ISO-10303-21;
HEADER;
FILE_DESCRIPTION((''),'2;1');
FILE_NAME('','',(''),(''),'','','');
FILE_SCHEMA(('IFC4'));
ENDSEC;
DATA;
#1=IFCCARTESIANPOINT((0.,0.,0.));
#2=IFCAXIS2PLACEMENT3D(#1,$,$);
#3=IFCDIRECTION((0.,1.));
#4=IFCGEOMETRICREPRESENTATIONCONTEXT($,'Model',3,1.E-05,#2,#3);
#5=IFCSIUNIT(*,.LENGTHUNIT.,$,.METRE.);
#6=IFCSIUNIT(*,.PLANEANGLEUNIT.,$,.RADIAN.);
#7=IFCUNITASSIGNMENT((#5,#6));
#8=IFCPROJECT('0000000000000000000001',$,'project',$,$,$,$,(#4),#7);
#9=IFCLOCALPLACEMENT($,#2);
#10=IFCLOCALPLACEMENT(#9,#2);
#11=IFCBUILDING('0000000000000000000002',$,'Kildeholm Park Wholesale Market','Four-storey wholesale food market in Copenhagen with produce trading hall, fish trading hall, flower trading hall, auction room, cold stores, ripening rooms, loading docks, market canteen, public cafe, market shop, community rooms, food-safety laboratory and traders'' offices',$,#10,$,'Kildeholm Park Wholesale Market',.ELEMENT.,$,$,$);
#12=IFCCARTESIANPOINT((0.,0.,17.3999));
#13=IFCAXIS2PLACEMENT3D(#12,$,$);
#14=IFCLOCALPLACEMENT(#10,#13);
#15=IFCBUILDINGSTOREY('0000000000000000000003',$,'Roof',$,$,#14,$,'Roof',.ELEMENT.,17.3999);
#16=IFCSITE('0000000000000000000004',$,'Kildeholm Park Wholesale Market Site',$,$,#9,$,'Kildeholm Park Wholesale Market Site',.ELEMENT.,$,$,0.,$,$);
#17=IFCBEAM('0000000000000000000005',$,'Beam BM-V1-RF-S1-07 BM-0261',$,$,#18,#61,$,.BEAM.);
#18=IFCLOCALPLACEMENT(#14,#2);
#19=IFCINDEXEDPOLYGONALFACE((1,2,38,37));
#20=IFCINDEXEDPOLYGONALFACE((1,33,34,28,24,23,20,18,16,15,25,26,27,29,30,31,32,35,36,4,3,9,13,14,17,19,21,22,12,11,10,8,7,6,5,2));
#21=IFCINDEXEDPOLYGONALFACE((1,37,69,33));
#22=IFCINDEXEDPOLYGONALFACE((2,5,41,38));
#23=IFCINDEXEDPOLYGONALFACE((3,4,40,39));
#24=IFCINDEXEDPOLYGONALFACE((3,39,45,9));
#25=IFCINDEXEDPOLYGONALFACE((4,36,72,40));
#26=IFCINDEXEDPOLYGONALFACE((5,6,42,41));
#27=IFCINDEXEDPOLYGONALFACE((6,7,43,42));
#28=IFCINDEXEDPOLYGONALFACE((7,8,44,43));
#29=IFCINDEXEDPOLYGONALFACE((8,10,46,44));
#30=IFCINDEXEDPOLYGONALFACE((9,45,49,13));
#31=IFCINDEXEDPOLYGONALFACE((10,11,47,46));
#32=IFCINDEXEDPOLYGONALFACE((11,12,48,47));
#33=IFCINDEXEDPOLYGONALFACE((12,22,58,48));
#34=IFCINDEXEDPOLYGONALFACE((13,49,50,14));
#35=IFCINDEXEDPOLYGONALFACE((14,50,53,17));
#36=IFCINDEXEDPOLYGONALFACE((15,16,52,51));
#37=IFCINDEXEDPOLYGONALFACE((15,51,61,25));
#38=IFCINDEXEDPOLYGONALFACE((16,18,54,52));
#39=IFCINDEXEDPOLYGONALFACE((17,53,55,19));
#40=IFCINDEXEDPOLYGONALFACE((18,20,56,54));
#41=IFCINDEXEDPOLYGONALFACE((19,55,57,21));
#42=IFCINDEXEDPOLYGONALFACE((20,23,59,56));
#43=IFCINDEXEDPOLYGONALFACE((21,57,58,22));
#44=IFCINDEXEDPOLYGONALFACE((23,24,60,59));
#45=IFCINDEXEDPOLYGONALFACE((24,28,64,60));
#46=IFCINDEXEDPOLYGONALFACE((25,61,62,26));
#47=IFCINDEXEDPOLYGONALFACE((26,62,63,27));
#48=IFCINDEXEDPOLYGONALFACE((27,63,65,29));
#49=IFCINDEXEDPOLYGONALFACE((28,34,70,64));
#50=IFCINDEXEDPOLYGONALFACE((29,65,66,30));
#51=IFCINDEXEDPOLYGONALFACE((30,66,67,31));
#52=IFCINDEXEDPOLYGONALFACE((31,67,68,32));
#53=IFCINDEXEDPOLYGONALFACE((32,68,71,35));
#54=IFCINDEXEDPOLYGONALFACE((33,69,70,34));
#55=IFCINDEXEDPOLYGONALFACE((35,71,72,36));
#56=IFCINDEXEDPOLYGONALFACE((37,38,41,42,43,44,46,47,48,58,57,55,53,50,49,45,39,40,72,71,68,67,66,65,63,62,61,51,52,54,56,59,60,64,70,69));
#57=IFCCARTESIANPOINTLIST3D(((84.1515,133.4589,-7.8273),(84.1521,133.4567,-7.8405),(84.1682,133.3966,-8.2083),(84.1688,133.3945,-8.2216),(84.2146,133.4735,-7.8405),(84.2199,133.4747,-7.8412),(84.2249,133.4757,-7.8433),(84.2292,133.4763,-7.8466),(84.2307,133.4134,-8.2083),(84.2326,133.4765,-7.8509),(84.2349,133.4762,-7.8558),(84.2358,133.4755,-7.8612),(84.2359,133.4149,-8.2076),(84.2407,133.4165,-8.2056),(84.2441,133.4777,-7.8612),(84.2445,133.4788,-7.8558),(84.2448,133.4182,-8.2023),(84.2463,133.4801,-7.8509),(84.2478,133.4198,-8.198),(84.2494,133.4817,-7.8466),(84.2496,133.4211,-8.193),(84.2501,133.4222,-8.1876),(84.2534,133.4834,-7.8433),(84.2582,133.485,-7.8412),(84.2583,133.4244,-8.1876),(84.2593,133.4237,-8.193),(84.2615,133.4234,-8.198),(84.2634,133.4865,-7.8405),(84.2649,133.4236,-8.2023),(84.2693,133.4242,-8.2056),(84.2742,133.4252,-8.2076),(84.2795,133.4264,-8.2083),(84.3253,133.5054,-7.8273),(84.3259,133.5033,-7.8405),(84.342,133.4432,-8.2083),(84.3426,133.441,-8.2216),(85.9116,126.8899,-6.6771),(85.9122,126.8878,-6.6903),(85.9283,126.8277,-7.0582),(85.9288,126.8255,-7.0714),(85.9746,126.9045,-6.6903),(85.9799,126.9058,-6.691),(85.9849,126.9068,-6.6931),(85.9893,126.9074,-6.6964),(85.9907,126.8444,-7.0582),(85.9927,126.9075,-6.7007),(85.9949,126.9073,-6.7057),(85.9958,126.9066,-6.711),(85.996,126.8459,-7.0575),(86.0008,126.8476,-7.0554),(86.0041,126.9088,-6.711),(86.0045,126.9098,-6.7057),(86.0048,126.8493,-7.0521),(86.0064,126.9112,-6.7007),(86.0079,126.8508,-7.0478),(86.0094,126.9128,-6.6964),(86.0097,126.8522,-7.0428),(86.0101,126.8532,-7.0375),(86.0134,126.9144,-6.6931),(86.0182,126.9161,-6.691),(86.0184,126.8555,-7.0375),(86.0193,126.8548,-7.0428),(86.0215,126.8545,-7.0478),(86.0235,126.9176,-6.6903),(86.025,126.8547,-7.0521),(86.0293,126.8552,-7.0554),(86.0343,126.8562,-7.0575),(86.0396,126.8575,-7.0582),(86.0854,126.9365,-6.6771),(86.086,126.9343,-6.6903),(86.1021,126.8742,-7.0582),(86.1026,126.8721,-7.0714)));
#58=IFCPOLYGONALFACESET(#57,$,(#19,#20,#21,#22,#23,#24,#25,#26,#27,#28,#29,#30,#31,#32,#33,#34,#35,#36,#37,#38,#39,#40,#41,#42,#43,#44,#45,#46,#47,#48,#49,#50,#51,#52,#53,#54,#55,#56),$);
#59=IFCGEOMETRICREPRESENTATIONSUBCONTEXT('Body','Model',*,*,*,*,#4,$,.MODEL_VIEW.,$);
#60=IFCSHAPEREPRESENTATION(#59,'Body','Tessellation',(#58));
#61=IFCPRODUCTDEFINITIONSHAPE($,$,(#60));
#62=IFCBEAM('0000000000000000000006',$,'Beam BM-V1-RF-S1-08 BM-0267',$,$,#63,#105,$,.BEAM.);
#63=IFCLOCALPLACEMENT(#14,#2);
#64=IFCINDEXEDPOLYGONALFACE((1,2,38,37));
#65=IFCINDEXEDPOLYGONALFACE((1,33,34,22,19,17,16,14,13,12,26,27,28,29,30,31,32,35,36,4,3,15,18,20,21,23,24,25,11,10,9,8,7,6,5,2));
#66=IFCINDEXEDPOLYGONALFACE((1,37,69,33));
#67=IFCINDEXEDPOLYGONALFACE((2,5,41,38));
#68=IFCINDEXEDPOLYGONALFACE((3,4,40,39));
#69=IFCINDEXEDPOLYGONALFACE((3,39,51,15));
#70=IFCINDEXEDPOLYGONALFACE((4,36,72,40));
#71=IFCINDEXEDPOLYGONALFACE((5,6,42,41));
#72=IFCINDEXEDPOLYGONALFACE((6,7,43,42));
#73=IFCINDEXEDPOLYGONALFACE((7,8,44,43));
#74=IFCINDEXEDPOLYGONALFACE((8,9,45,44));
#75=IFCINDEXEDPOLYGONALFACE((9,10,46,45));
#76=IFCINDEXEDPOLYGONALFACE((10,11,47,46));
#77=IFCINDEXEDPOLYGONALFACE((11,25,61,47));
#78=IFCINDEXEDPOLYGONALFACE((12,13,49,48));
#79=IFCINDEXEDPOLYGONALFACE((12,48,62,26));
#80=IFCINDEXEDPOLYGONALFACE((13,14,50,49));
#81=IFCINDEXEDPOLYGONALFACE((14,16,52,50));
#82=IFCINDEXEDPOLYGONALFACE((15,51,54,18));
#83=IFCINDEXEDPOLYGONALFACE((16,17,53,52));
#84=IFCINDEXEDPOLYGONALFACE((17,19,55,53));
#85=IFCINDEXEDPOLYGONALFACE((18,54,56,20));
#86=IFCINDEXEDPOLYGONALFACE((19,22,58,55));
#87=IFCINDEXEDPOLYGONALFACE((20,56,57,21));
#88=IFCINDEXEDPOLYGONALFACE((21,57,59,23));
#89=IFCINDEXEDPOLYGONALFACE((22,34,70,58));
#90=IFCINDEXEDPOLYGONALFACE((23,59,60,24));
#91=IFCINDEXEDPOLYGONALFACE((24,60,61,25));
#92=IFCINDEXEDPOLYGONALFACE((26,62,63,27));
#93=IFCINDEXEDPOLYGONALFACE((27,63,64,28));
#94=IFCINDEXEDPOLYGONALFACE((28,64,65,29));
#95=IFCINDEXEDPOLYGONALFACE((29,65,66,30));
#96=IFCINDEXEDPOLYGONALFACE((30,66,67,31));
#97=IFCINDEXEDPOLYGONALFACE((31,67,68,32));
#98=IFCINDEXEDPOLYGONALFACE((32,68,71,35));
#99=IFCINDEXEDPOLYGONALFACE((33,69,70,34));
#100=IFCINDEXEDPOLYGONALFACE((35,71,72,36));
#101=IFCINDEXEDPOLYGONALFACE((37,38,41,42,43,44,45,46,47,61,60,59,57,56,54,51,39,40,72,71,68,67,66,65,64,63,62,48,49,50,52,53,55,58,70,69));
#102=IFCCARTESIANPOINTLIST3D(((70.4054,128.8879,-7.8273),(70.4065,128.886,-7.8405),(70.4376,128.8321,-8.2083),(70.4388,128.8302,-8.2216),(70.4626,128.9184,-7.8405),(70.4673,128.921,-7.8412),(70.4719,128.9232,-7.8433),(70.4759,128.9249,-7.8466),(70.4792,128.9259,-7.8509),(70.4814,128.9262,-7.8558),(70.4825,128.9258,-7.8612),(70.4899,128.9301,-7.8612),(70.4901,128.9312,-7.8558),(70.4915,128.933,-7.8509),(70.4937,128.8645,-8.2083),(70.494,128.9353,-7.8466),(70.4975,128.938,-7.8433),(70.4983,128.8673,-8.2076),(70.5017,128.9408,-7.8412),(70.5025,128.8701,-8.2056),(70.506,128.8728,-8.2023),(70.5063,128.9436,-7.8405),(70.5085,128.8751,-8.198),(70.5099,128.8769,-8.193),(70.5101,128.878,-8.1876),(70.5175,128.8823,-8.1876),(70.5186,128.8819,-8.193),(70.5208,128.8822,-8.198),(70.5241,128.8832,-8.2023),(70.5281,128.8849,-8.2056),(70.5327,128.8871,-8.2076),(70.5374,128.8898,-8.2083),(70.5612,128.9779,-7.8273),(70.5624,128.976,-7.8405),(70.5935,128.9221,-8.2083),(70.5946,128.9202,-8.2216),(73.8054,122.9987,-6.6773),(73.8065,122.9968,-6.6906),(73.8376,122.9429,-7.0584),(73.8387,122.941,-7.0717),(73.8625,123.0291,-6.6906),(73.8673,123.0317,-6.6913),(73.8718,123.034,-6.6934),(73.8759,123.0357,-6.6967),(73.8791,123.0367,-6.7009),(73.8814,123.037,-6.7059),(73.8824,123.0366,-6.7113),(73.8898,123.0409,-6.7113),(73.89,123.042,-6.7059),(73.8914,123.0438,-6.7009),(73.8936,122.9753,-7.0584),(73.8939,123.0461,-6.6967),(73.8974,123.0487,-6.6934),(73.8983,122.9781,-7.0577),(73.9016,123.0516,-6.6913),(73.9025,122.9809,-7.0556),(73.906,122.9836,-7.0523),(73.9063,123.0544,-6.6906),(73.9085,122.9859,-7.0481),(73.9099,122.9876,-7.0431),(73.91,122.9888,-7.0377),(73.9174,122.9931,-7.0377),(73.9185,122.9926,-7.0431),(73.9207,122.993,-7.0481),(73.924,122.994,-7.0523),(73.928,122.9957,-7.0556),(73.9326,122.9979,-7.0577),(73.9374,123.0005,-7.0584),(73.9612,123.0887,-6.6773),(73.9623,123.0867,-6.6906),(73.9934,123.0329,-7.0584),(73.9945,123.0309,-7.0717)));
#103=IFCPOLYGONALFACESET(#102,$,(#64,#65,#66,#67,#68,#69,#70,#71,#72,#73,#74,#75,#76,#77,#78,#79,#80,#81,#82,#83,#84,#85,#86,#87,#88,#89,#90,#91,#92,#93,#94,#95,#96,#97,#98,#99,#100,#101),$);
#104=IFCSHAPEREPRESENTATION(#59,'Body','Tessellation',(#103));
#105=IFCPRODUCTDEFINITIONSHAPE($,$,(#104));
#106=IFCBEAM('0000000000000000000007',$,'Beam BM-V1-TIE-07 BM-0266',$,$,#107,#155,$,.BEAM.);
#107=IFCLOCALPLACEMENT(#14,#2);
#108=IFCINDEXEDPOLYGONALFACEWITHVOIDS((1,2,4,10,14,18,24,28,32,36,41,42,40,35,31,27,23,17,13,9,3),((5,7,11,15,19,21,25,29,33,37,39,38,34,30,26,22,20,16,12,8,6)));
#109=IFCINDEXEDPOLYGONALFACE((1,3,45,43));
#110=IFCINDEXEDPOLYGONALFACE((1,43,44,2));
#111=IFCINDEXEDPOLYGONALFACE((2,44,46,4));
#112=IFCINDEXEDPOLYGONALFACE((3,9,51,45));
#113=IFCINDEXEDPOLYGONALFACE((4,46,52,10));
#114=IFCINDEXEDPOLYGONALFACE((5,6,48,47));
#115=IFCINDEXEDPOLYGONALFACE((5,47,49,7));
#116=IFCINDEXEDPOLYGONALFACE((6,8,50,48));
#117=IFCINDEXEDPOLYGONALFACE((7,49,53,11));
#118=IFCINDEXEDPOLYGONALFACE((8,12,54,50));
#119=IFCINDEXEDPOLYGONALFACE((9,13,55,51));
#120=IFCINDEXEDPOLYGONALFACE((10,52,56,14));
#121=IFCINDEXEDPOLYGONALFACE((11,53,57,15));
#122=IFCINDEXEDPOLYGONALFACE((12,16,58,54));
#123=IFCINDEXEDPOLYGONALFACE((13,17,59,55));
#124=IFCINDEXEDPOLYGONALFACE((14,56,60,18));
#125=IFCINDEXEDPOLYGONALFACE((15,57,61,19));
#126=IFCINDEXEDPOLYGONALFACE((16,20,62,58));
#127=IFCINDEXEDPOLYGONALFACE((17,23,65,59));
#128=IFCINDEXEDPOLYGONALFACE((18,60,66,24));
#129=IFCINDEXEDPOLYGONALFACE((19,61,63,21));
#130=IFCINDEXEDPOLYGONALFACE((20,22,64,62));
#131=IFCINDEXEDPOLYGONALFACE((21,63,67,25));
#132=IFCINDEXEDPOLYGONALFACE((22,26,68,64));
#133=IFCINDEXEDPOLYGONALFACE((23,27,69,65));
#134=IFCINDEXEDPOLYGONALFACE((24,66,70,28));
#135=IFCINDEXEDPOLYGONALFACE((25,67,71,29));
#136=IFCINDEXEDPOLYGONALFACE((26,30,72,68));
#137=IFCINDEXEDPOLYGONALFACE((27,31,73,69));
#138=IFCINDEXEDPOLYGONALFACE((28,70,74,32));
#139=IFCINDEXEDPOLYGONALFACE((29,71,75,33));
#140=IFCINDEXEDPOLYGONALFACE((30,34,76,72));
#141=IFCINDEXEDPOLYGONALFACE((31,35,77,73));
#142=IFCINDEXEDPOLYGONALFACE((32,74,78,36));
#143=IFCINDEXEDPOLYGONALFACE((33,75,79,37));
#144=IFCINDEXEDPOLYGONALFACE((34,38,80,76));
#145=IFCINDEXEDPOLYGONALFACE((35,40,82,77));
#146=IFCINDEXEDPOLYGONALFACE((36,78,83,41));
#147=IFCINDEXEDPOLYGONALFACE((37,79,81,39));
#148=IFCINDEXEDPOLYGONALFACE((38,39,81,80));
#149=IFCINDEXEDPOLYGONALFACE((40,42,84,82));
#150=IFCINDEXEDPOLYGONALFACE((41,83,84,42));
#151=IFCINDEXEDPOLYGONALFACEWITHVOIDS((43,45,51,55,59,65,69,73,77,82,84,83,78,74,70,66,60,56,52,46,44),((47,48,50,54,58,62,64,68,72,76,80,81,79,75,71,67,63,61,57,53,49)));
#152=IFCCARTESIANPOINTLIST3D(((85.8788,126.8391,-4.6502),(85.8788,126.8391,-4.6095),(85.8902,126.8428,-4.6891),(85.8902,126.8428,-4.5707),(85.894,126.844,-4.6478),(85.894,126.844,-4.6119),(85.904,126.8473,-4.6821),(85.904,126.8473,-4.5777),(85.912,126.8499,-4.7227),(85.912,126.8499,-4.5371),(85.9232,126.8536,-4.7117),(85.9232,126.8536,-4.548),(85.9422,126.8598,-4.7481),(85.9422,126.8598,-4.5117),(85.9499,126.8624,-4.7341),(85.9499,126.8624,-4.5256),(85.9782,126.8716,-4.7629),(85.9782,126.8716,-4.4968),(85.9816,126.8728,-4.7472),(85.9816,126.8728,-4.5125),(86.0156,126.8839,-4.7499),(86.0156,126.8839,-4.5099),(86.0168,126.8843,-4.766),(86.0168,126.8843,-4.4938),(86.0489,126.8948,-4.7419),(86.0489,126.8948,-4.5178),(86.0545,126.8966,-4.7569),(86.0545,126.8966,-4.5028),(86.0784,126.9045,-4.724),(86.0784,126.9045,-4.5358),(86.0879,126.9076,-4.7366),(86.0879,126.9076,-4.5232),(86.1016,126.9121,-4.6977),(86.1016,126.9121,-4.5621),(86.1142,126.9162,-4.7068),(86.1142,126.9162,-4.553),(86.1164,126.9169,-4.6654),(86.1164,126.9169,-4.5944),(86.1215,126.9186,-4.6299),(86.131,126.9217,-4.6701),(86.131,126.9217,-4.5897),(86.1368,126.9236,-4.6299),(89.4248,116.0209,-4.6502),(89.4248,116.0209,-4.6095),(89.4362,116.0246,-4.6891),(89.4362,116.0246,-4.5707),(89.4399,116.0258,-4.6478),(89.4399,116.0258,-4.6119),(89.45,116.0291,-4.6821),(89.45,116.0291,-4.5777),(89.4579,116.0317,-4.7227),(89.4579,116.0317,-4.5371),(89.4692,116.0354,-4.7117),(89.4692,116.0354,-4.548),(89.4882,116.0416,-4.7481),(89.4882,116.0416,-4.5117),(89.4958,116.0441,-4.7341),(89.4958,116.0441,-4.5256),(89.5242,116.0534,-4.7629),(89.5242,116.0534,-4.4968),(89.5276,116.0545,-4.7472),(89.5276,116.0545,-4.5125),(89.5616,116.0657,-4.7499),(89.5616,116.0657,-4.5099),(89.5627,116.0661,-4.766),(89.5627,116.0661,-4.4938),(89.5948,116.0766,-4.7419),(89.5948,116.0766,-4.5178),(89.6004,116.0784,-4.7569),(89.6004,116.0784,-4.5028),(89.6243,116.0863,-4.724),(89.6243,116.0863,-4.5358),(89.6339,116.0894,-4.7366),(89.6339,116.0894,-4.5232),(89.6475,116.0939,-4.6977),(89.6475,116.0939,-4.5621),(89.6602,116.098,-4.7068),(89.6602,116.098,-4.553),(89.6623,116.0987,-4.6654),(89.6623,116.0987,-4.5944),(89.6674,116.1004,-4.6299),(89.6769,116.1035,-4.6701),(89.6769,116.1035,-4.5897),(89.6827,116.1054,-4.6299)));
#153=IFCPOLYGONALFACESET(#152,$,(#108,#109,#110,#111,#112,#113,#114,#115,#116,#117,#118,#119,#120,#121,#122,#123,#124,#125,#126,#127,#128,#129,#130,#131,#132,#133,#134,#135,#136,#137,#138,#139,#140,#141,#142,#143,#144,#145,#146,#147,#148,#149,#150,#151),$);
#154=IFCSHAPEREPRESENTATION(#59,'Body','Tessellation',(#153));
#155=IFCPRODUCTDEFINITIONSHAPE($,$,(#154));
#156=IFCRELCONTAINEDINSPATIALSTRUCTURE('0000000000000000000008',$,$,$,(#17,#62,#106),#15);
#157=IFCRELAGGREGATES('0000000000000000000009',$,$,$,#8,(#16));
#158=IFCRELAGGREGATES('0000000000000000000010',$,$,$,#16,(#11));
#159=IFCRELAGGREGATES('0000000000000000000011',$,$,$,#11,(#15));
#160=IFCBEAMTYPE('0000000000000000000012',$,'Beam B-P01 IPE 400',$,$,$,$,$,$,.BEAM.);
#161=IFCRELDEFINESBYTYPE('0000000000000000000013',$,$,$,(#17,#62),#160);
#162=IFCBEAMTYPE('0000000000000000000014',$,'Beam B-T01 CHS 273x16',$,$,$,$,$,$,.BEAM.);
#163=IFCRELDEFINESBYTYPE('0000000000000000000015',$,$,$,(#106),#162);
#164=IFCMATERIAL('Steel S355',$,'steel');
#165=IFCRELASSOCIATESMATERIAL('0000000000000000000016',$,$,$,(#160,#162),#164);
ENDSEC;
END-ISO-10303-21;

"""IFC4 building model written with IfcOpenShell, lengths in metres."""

from ifc_helpers import new_model, si_unit, direction, frame, origin, origin_2d, place, context, subcontext, project, spatial, hollow_circle, i_section, extrude, material, material_profile, profile_set, type_object, element, save


model = new_model("IFC4")

# Units and contexts
model_context = context("Model", 3, precision=1e-05, world=origin(), true_north=direction((0.0, 1.0)))
body_context = subcontext(model_context, "Body", "Model", "MODEL_VIEW")
ifc_project = project(units=[si_unit("LENGTHUNIT", "METRE"), si_unit("PLANEANGLEUNIT", "RADIAN")], contexts=[model_context])

# Site, building, storey
site_placement = place(None, origin())
site = spatial("IfcSite", under=ifc_project, at=site_placement, Name="Kildeholm Park Wholesale Market Site", LongName="Kildeholm Park Wholesale Market Site", CompositionType="ELEMENT", RefElevation=0.0)
building_placement = place(site_placement, origin())
building = spatial("IfcBuilding", under=site, at=building_placement, Name="Kildeholm Park Wholesale Market", Description="Four-storey wholesale food market in Copenhagen with produce trading hall, fish trading hall, flower trading hall, auction room, cold stores, ripening rooms, loading docks, market canteen, public cafe, market shop, community rooms, food-safety laboratory and traders' offices", LongName="Kildeholm Park Wholesale Market", CompositionType="ELEMENT")
storey_placement = place(building_placement, frame((0.0, 0.0, 17.3999)))
storey = spatial("IfcBuildingStorey", under=building, at=storey_placement, Name="Roof", LongName="Roof", CompositionType="ELEMENT", Elevation=17.3999)

# Beams
ifc_material_1 = material(Name="Steel S355", Category="steel")
ifc_material_profile_1 = material_profile(ifc_material_1, i_section(OverallWidth=0.1799, OverallDepth=0.3999, WebThickness=0.0085, FlangeThickness=0.0134, FilletRadius=0.021, at=origin_2d()), Name="IPE 400")
ifc_profile_set_1 = profile_set([ifc_material_profile_1], Name="Steel S355")
beam_type_1 = type_object("IfcBeamType", Name="Beam B-P01 IPE 400", PredefinedType="BEAM", material=ifc_profile_set_1)
beam_1_placement = place(storey_placement, frame((84.2471, 133.45, -8.0244), z_axis=(0.25518, -0.952405, 0.166758), x_axis=(0.96593, 0.258804, 0.0)))
element("IfcBeam", 1, at=beam_1_placement, inside=storey, type_object=beam_type_1, Name="Beam BM-V1-RF-S1-07 BM-0261", PredefinedType="BEAM", context=body_context, shape_type="SweptSolid", body=[
    extrude(i_section(OverallWidth=0.1799, OverallDepth=0.3999, WebThickness=0.0085, FlangeThickness=0.0134, FilletRadius=0.021, at=origin_2d()), origin(), (0.0, 0.0, 1.0), 6.8972),
])
beam_2_placement = place(storey_placement, frame((70.5, 128.9041, -8.0244), z_axis=(0.492979, -0.853916, 0.166733), x_axis=(0.866039, 0.499977, 0.0)))
element("IfcBeam", 2, at=beam_2_placement, inside=storey, type_object=beam_type_1, Name="Beam BM-V1-RF-S1-08 BM-0267", PredefinedType="BEAM", context=body_context, shape_type="SweptSolid", body=[
    extrude(i_section(OverallWidth=0.1799, OverallDepth=0.3999, WebThickness=0.0085, FlangeThickness=0.0134, FilletRadius=0.021, at=origin_2d()), origin(), (0.0, 0.0, 1.0), 6.8967),
])
ifc_material_profile_2 = material_profile(ifc_material_1, hollow_circle(Radius=0.1365, WallThickness=0.0161, at=origin_2d()), Name="CHS 273x16")
ifc_profile_set_2 = profile_set([ifc_material_profile_2], Name="Steel S355")
beam_type_2 = type_object("IfcBeamType", Name="Beam B-T01 CHS 273x16", PredefinedType="BEAM", material=ifc_profile_set_2)
beam_3_placement = place(storey_placement, frame((86.0071, 126.8811, -4.6299), z_axis=(0.311469, -0.950256, 0.0), x_axis=(0.950256, 0.311469, 0.0)))
element("IfcBeam", 3, at=beam_3_placement, inside=storey, type_object=beam_type_2, Name="Beam BM-V1-TIE-07 BM-0266", PredefinedType="BEAM", context=body_context, shape_type="SweptSolid", body=[
    extrude(hollow_circle(Radius=0.1365, WallThickness=0.0161, at=origin_2d()), origin(), (0.0, 0.0, 1.0), 11.3845),
])

save(model, "model.ifc")
